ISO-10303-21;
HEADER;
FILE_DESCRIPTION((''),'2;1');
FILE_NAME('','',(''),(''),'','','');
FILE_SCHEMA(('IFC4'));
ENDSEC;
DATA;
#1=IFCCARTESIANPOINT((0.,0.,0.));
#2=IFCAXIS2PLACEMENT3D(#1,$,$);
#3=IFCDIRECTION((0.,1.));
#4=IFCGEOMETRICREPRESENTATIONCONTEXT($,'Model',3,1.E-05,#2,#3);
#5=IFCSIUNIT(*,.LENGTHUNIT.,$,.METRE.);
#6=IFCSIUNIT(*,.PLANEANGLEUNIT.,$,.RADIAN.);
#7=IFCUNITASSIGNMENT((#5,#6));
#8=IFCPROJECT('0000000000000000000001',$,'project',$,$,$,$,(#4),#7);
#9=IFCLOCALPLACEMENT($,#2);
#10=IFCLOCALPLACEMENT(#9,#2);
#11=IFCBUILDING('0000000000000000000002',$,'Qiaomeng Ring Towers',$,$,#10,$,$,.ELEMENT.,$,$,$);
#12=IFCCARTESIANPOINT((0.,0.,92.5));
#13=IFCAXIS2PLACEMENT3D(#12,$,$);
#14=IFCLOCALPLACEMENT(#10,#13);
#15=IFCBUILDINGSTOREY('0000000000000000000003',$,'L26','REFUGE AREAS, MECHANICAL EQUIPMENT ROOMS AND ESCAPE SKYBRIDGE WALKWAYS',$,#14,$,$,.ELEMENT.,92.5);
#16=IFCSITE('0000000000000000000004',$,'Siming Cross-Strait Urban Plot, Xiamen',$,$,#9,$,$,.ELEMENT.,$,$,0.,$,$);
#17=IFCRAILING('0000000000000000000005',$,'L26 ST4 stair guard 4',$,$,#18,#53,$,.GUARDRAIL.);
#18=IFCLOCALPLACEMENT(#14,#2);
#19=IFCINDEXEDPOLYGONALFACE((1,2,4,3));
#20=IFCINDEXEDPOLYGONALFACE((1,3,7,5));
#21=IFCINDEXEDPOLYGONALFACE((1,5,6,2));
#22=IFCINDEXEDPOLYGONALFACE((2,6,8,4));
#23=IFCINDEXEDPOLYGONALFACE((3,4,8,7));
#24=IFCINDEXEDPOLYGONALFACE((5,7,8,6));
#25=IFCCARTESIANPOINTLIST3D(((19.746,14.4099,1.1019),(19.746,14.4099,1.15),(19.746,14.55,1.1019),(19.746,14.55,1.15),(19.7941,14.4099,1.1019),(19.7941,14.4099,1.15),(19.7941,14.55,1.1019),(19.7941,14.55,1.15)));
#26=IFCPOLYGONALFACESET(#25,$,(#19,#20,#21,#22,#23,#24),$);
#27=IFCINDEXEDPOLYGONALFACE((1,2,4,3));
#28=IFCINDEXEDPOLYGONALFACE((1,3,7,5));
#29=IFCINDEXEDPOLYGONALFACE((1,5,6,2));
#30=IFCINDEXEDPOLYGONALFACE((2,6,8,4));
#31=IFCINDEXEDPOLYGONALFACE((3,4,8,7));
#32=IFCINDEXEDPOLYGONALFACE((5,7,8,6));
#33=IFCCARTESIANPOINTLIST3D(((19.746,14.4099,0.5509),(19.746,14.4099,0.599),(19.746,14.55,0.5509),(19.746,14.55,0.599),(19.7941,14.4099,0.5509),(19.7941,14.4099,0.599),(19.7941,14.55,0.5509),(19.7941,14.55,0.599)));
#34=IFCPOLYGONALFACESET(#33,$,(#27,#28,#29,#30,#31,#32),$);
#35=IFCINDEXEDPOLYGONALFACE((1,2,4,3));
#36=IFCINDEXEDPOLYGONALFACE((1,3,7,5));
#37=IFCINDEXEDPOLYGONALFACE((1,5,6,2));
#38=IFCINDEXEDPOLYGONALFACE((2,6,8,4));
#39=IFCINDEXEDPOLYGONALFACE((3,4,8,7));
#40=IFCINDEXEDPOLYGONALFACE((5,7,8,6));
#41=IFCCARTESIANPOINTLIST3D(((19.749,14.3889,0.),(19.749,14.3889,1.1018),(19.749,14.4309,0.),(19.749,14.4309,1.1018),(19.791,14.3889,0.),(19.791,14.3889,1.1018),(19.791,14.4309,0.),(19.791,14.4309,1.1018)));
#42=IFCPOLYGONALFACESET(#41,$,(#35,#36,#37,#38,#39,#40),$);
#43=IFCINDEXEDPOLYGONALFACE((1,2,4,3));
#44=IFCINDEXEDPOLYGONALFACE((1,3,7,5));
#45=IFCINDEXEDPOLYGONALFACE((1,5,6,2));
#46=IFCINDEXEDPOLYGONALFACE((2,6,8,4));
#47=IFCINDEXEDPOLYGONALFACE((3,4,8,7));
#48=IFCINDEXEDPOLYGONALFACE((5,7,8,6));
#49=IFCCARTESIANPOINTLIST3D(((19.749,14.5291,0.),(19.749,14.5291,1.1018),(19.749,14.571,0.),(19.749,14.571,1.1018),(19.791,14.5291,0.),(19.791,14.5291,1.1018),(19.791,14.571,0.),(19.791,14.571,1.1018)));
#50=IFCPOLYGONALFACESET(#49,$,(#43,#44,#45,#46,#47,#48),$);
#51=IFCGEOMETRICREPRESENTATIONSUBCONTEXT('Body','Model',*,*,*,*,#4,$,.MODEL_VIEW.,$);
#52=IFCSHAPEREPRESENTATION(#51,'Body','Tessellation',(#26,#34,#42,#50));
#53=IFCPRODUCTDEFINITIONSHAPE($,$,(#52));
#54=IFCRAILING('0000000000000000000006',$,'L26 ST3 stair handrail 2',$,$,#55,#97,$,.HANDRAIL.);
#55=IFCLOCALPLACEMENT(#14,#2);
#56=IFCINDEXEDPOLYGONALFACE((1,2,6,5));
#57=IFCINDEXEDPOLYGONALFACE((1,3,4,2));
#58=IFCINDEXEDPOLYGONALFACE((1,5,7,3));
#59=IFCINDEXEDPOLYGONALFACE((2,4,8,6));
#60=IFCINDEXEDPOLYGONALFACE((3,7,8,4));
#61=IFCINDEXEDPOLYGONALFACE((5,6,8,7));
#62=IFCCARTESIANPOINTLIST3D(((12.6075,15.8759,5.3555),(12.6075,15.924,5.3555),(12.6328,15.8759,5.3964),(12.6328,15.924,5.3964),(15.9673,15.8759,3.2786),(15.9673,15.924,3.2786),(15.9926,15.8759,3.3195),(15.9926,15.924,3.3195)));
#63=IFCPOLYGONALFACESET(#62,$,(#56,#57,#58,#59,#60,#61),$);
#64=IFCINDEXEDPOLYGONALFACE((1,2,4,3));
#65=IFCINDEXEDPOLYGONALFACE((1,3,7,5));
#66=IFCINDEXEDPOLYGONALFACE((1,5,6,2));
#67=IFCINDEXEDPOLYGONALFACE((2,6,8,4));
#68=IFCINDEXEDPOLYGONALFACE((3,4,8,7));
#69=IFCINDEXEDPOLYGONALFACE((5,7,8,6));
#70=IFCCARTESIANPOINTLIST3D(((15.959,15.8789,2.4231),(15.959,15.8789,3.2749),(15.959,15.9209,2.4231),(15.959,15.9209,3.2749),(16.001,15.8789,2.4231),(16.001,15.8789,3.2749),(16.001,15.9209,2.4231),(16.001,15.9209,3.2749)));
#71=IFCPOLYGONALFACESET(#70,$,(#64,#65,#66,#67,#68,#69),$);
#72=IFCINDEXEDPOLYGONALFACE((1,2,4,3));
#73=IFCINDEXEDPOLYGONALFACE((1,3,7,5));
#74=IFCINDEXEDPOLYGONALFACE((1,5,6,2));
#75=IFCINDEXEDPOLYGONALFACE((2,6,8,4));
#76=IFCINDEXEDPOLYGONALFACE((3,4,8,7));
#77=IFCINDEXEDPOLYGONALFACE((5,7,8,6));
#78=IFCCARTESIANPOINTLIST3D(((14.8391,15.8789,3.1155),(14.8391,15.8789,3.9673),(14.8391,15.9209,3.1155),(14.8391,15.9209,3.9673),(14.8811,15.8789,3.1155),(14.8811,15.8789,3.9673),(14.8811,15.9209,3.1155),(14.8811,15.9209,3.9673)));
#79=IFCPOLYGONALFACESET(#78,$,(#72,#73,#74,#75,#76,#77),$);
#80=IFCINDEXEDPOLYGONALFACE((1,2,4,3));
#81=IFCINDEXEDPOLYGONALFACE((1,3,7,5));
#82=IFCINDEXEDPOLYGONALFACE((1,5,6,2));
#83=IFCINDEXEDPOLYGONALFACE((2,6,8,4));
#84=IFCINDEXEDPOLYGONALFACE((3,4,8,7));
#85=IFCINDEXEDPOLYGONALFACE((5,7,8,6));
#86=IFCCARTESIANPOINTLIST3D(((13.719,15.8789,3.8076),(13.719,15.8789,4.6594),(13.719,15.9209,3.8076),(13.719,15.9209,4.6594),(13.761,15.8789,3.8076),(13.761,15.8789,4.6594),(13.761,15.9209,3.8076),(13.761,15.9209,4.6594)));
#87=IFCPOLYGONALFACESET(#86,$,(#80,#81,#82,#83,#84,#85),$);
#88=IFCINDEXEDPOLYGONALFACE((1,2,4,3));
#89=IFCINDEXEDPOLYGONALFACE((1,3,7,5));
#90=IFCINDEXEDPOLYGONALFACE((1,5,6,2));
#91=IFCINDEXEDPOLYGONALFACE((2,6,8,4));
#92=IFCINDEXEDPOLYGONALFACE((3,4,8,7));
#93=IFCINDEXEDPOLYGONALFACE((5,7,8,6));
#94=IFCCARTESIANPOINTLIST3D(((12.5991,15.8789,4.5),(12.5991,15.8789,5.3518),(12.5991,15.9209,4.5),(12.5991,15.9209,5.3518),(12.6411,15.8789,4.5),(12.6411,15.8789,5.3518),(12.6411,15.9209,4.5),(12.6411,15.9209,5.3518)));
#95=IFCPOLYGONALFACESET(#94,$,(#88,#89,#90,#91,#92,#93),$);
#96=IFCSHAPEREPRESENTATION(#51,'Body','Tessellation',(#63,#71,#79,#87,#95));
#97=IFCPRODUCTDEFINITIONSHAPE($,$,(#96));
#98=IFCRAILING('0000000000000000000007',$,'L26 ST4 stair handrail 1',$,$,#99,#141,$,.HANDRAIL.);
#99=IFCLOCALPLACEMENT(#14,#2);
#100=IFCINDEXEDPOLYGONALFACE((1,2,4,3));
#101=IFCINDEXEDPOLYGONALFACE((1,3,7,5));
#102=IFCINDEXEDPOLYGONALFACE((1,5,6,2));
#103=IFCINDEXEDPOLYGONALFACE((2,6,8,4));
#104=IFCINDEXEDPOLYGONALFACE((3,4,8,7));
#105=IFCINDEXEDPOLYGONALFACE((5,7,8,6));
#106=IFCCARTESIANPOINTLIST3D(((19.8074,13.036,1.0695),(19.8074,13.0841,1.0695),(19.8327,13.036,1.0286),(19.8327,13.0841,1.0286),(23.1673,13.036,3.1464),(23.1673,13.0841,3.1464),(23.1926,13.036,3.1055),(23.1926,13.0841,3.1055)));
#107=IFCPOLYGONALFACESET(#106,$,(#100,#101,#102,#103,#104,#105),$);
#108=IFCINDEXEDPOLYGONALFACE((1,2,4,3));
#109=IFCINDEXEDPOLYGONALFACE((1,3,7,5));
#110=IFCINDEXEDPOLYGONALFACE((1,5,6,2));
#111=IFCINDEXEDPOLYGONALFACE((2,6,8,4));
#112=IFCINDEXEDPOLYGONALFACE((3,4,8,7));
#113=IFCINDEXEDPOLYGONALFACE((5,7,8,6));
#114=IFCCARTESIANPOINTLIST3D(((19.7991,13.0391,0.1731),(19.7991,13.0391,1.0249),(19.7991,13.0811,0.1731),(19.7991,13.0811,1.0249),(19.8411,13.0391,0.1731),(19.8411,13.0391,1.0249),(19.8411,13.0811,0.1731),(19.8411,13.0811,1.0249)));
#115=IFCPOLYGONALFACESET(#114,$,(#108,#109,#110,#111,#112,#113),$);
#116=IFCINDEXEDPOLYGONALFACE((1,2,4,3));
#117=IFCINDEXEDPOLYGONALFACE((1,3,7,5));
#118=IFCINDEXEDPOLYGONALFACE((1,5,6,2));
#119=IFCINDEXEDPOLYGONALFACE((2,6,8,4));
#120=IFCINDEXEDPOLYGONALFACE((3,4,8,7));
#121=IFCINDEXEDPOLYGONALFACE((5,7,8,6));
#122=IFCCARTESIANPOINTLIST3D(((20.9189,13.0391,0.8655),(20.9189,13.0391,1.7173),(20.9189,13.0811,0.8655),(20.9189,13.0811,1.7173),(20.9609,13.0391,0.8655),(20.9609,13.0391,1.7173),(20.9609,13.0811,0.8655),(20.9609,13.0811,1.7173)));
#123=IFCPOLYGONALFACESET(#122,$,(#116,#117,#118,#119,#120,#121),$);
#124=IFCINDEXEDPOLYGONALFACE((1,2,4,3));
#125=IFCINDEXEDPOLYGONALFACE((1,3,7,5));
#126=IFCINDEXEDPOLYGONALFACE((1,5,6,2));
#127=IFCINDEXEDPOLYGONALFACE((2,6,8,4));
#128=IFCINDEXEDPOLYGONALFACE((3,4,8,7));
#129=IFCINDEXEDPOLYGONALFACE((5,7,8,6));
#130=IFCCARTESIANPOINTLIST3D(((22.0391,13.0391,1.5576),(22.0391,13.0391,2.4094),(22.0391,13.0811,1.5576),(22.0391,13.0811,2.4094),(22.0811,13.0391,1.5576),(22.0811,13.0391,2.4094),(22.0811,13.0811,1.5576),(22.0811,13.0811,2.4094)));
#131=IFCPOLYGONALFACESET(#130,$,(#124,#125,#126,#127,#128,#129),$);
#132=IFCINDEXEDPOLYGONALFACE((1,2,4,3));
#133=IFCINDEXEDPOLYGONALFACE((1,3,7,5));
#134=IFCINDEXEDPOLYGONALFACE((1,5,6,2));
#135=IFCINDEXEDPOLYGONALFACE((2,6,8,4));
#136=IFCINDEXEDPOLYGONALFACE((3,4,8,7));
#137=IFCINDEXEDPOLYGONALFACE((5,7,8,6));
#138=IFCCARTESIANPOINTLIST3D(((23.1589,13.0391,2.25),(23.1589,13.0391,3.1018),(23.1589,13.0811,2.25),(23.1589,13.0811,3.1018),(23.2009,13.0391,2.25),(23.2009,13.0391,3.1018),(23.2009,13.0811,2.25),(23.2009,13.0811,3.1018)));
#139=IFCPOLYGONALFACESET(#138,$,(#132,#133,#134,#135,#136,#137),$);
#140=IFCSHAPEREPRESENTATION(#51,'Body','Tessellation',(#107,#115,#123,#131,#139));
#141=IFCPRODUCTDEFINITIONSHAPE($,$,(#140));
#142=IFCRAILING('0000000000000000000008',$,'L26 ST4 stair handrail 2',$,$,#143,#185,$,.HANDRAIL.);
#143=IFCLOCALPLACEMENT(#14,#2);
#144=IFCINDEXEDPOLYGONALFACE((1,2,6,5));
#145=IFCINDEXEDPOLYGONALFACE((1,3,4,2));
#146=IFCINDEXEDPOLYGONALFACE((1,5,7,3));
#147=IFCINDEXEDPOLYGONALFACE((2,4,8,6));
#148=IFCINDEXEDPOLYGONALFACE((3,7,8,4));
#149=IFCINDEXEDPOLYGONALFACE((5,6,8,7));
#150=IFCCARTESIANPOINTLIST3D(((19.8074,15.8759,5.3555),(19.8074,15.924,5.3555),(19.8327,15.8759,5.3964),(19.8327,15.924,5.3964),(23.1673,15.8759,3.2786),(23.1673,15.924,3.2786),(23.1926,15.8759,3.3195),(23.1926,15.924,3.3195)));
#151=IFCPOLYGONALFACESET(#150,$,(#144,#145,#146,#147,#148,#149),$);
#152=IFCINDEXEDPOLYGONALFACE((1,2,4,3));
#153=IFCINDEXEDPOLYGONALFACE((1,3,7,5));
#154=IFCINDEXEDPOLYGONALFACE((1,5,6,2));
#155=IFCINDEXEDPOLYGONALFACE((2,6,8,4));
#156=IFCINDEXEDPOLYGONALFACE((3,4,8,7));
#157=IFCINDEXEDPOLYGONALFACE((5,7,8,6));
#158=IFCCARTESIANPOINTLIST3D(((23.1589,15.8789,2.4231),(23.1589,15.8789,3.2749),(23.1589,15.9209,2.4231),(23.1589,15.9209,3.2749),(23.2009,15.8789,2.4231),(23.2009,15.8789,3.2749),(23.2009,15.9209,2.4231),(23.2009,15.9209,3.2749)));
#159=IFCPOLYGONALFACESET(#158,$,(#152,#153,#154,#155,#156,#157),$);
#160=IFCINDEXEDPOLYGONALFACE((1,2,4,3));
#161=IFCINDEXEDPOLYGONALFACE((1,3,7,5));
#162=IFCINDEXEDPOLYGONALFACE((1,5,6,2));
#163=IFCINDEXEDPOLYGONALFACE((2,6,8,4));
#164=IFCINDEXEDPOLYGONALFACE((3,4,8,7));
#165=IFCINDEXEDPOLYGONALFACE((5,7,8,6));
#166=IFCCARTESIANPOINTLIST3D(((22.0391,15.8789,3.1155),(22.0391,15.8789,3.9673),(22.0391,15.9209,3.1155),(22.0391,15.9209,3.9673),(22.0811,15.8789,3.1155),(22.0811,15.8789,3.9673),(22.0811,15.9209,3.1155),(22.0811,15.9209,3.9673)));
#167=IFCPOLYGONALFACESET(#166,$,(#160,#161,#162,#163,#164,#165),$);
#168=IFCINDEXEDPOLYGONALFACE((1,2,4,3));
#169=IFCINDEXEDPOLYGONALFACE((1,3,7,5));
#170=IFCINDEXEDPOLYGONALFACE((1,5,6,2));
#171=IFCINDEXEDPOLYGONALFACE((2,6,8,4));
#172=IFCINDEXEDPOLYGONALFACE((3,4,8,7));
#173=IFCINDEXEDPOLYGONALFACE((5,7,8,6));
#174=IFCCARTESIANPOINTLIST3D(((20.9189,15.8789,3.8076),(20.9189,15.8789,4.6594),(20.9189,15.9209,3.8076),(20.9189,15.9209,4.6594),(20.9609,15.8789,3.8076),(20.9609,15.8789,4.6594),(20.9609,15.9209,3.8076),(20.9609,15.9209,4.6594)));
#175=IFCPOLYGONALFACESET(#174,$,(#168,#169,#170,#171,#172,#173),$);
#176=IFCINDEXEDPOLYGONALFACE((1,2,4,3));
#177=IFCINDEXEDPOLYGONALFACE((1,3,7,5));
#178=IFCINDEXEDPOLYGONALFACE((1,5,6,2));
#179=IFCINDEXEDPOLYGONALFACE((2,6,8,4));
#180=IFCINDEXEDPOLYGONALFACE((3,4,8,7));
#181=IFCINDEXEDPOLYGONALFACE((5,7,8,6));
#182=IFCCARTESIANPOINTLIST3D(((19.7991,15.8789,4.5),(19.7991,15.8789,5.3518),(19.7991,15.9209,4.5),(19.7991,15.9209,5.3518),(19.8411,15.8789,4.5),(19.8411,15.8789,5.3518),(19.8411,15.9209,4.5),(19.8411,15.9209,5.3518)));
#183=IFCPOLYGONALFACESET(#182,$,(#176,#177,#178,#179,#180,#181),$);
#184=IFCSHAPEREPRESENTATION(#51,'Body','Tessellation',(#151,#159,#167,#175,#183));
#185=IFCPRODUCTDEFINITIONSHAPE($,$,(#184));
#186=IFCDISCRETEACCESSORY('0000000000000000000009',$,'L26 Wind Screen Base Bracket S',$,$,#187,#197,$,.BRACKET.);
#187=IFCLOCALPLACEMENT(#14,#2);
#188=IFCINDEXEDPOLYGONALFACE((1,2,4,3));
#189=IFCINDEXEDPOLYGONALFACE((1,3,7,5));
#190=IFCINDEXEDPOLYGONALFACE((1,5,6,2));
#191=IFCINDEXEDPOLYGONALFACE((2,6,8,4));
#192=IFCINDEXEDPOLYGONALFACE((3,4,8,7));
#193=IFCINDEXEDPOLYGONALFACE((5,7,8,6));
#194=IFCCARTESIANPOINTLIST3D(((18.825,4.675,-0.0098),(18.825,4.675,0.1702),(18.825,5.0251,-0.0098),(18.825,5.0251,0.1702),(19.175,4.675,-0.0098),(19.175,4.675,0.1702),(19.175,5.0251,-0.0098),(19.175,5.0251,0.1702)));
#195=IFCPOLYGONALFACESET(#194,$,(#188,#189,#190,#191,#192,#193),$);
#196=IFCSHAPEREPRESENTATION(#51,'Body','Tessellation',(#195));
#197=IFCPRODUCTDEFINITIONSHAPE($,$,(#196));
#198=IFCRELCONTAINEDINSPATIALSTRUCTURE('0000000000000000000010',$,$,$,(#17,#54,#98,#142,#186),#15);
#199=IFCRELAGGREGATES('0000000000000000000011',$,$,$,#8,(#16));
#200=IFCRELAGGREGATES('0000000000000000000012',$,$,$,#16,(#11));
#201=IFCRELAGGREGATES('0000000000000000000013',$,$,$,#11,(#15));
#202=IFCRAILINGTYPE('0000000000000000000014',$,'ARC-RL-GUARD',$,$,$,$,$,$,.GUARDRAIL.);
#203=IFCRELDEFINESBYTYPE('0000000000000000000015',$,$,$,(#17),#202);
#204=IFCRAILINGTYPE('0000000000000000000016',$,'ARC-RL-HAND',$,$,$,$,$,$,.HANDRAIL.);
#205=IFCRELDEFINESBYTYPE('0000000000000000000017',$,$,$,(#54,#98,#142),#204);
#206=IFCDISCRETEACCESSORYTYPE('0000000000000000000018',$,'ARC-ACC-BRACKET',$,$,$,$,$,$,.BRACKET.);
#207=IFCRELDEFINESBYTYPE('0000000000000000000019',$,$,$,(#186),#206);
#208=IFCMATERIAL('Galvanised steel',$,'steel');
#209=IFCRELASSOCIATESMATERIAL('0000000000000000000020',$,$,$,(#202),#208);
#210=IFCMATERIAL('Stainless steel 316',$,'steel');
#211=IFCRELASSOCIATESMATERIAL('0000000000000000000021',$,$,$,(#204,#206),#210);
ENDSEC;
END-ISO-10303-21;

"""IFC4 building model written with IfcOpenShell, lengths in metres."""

from ifc_helpers import new_model, si_unit, direction, frame, origin, origin_2d, place, context, subcontext, project, spatial, rectangle, extrude, source, transform, mapped, material, type_object, element, save


model = new_model("IFC4")

# Units and contexts
model_context = context("Model", 3, precision=1e-05, world=origin(), true_north=direction((0.0, 1.0)))
body_context = subcontext(model_context, "Body", "Model", "MODEL_VIEW")
ifc_project = project(units=[si_unit("LENGTHUNIT", "METRE"), si_unit("PLANEANGLEUNIT", "RADIAN")], contexts=[model_context])

# Site, building, storey
site_placement = place(None, origin())
site = spatial("IfcSite", under=ifc_project, at=site_placement, Name="Siming Cross-Strait Urban Plot, Xiamen", CompositionType="ELEMENT", RefElevation=0.0)
building_placement = place(site_placement, origin())
building = spatial("IfcBuilding", under=site, at=building_placement, Name="Qiaomeng Ring Towers", CompositionType="ELEMENT")
storey_placement = place(building_placement, frame((0.0, 0.0, 92.5)))
storey = spatial("IfcBuildingStorey", under=building, at=storey_placement, Name="L26", Description="REFUGE AREAS, MECHANICAL EQUIPMENT ROOMS AND ESCAPE SKYBRIDGE WALKWAYS", CompositionType="ELEMENT", Elevation=92.5)

# Shared definitions
ifc_material_1 = material(Name="Stainless steel 316", Category="steel")

# Shared definitions
ifc_material_2 = material(Name="Galvanised steel", Category="steel")

# Railings
railing_type_1 = type_object("IfcRailingType", Name="ARC-RL-GUARD", PredefinedType="GUARDRAIL", material=ifc_material_2)
railing_1_placement = place(storey_placement, frame((19.77, 14.4099, 0.0)))
element("IfcRailing", 1, at=railing_1_placement, inside=storey, type_object=railing_type_1, Name="L26 ST4 stair guard 4", PredefinedType="GUARDRAIL", context=body_context, shape_type="SweptSolid", body=[
    extrude(rectangle(XDim=0.0481, YDim=0.0481, at=origin_2d()), frame((0.0, 0.0, 1.126), z_axis=(0.0, 1.0, 0.0), x_axis=(-1.0, 0.0, 0.0)), (0.0, 0.0, 1.0), 0.1401),
    extrude(rectangle(XDim=0.0481, YDim=0.0481, at=origin_2d()), frame((0.0, 0.0, 0.575), z_axis=(0.0, 1.0, 0.0), x_axis=(-1.0, 0.0, 0.0)), (0.0, 0.0, 1.0), 0.1401),
    extrude(rectangle(XDim=0.042, YDim=0.042, at=origin_2d()), origin(), (0.0, 0.0, 1.0), 1.1018),
    extrude(rectangle(XDim=0.042, YDim=0.042, at=origin_2d()), frame((0.0, 0.1401, 0.0)), (0.0, 0.0, 1.0), 1.1018),
])
railing_type_2 = type_object("IfcRailingType", Name="ARC-RL-HAND", PredefinedType="HANDRAIL", material=ifc_material_1)
railing_2_placement = place(storey_placement, frame((15.98, 15.8999, 2.4231)))
element("IfcRailing", 2, at=railing_2_placement, inside=storey, type_object=railing_type_2, Name="L26 ST3 stair handrail 2", PredefinedType="HANDRAIL", context=body_context, shape_type="SweptSolid", body=[
    extrude(rectangle(XDim=0.0481, YDim=0.0481, at=origin_2d()), frame((0.0, 0.0, 0.876), z_axis=(-0.850606, 0.0, 0.525803), x_axis=(0.0, -1.0, 0.0)), (0.0, 0.0, 1.0), 3.95),
    extrude(rectangle(XDim=0.042, YDim=0.042, at=origin_2d()), origin(), (0.0, 0.0, 1.0), 0.8518),
    extrude(rectangle(XDim=0.042, YDim=0.042, at=origin_2d()), frame((-1.1199, 0.0, 0.6924)), (0.0, 0.0, 1.0), 0.8518),
    extrude(rectangle(XDim=0.042, YDim=0.042, at=origin_2d()), frame((-2.24, 0.0, 1.3845)), (0.0, 0.0, 1.0), 0.8518),
    extrude(rectangle(XDim=0.042, YDim=0.042, at=origin_2d()), frame((-3.3599, 0.0, 2.0769)), (0.0, 0.0, 1.0), 0.8518),
])
railing_3_placement = place(storey_placement, frame((19.8201, 13.0601, 0.1731)))
element("IfcRailing", 3, at=railing_3_placement, inside=storey, type_object=railing_type_2, Name="L26 ST4 stair handrail 1", PredefinedType="HANDRAIL", context=body_context, shape_type="SweptSolid", body=[
    extrude(rectangle(XDim=0.0481, YDim=0.0481, at=origin_2d()), frame((0.0, 0.0, 0.876), z_axis=(0.850606, 0.0, 0.525803), x_axis=(0.0, 1.0, 0.0)), (0.0, 0.0, 1.0), 3.95),
    extrude(rectangle(XDim=0.042, YDim=0.042, at=origin_2d()), origin(), (0.0, 0.0, 1.0), 0.8518),
    extrude(rectangle(XDim=0.042, YDim=0.042, at=origin_2d()), frame((1.1199, 0.0, 0.6924)), (0.0, 0.0, 1.0), 0.8518),
    extrude(rectangle(XDim=0.042, YDim=0.042, at=origin_2d()), frame((2.24, 0.0, 1.3845)), (0.0, 0.0, 1.0), 0.8518),
    extrude(rectangle(XDim=0.042, YDim=0.042, at=origin_2d()), frame((3.3599, 0.0, 2.0769)), (0.0, 0.0, 1.0), 0.8518),
])
railing_4_placement = place(storey_placement, frame((23.1799, 15.8999, 2.4231)))
element("IfcRailing", 4, at=railing_4_placement, inside=storey, type_object=railing_type_2, Name="L26 ST4 stair handrail 2", PredefinedType="HANDRAIL", context=body_context, shape_type="SweptSolid", body=[
    extrude(rectangle(XDim=0.0481, YDim=0.0481, at=origin_2d()), frame((0.0, 0.0, 0.876), z_axis=(-0.850606, 0.0, 0.525803), x_axis=(0.0, -1.0, 0.0)), (0.0, 0.0, 1.0), 3.95),
    extrude(rectangle(XDim=0.042, YDim=0.042, at=origin_2d()), origin(), (0.0, 0.0, 1.0), 0.8518),
    extrude(rectangle(XDim=0.042, YDim=0.042, at=origin_2d()), frame((-1.1199, 0.0, 0.6924)), (0.0, 0.0, 1.0), 0.8518),
    extrude(rectangle(XDim=0.042, YDim=0.042, at=origin_2d()), frame((-2.24, 0.0, 1.3845)), (0.0, 0.0, 1.0), 0.8518),
    extrude(rectangle(XDim=0.042, YDim=0.042, at=origin_2d()), frame((-3.3599, 0.0, 2.0769)), (0.0, 0.0, 1.0), 0.8518),
])

# Discrete accessory
discrete_accessory_type = type_object("IfcDiscreteAccessoryType", Name="ARC-ACC-BRACKET", PredefinedType="BRACKET", material=ifc_material_1)
shared_shape_1 = source(origin(), body_context, "Body", "SweptSolid", [
    extrude(rectangle(XDim=0.3501, YDim=0.3501, at=origin_2d()), origin(), (0.0, 0.0, 1.0), 0.1799),
])
discrete_accessory_placement = place(storey_placement, frame((19.0, 4.8501, -0.0098), z_axis=(0.0, 0.0, 1.0), x_axis=(1.0, 0.0, 0.0)))
element("IfcDiscreteAccessory", 5, at=discrete_accessory_placement, inside=storey, type_object=discrete_accessory_type, Name="L26 Wind Screen Base Bracket S", PredefinedType="BRACKET", context=body_context, shape_type="MappedRepresentation", body=[
    mapped(shared_shape_1, transform((0.0, 0.0, 0.0), x_axis=(1.0, 0.0, 0.0), y_axis=(0.0, 1.0, 0.0), z_axis=(0.0, 0.0, 1.0), scale=1.0)),
])

save(model, "model.ifc")
